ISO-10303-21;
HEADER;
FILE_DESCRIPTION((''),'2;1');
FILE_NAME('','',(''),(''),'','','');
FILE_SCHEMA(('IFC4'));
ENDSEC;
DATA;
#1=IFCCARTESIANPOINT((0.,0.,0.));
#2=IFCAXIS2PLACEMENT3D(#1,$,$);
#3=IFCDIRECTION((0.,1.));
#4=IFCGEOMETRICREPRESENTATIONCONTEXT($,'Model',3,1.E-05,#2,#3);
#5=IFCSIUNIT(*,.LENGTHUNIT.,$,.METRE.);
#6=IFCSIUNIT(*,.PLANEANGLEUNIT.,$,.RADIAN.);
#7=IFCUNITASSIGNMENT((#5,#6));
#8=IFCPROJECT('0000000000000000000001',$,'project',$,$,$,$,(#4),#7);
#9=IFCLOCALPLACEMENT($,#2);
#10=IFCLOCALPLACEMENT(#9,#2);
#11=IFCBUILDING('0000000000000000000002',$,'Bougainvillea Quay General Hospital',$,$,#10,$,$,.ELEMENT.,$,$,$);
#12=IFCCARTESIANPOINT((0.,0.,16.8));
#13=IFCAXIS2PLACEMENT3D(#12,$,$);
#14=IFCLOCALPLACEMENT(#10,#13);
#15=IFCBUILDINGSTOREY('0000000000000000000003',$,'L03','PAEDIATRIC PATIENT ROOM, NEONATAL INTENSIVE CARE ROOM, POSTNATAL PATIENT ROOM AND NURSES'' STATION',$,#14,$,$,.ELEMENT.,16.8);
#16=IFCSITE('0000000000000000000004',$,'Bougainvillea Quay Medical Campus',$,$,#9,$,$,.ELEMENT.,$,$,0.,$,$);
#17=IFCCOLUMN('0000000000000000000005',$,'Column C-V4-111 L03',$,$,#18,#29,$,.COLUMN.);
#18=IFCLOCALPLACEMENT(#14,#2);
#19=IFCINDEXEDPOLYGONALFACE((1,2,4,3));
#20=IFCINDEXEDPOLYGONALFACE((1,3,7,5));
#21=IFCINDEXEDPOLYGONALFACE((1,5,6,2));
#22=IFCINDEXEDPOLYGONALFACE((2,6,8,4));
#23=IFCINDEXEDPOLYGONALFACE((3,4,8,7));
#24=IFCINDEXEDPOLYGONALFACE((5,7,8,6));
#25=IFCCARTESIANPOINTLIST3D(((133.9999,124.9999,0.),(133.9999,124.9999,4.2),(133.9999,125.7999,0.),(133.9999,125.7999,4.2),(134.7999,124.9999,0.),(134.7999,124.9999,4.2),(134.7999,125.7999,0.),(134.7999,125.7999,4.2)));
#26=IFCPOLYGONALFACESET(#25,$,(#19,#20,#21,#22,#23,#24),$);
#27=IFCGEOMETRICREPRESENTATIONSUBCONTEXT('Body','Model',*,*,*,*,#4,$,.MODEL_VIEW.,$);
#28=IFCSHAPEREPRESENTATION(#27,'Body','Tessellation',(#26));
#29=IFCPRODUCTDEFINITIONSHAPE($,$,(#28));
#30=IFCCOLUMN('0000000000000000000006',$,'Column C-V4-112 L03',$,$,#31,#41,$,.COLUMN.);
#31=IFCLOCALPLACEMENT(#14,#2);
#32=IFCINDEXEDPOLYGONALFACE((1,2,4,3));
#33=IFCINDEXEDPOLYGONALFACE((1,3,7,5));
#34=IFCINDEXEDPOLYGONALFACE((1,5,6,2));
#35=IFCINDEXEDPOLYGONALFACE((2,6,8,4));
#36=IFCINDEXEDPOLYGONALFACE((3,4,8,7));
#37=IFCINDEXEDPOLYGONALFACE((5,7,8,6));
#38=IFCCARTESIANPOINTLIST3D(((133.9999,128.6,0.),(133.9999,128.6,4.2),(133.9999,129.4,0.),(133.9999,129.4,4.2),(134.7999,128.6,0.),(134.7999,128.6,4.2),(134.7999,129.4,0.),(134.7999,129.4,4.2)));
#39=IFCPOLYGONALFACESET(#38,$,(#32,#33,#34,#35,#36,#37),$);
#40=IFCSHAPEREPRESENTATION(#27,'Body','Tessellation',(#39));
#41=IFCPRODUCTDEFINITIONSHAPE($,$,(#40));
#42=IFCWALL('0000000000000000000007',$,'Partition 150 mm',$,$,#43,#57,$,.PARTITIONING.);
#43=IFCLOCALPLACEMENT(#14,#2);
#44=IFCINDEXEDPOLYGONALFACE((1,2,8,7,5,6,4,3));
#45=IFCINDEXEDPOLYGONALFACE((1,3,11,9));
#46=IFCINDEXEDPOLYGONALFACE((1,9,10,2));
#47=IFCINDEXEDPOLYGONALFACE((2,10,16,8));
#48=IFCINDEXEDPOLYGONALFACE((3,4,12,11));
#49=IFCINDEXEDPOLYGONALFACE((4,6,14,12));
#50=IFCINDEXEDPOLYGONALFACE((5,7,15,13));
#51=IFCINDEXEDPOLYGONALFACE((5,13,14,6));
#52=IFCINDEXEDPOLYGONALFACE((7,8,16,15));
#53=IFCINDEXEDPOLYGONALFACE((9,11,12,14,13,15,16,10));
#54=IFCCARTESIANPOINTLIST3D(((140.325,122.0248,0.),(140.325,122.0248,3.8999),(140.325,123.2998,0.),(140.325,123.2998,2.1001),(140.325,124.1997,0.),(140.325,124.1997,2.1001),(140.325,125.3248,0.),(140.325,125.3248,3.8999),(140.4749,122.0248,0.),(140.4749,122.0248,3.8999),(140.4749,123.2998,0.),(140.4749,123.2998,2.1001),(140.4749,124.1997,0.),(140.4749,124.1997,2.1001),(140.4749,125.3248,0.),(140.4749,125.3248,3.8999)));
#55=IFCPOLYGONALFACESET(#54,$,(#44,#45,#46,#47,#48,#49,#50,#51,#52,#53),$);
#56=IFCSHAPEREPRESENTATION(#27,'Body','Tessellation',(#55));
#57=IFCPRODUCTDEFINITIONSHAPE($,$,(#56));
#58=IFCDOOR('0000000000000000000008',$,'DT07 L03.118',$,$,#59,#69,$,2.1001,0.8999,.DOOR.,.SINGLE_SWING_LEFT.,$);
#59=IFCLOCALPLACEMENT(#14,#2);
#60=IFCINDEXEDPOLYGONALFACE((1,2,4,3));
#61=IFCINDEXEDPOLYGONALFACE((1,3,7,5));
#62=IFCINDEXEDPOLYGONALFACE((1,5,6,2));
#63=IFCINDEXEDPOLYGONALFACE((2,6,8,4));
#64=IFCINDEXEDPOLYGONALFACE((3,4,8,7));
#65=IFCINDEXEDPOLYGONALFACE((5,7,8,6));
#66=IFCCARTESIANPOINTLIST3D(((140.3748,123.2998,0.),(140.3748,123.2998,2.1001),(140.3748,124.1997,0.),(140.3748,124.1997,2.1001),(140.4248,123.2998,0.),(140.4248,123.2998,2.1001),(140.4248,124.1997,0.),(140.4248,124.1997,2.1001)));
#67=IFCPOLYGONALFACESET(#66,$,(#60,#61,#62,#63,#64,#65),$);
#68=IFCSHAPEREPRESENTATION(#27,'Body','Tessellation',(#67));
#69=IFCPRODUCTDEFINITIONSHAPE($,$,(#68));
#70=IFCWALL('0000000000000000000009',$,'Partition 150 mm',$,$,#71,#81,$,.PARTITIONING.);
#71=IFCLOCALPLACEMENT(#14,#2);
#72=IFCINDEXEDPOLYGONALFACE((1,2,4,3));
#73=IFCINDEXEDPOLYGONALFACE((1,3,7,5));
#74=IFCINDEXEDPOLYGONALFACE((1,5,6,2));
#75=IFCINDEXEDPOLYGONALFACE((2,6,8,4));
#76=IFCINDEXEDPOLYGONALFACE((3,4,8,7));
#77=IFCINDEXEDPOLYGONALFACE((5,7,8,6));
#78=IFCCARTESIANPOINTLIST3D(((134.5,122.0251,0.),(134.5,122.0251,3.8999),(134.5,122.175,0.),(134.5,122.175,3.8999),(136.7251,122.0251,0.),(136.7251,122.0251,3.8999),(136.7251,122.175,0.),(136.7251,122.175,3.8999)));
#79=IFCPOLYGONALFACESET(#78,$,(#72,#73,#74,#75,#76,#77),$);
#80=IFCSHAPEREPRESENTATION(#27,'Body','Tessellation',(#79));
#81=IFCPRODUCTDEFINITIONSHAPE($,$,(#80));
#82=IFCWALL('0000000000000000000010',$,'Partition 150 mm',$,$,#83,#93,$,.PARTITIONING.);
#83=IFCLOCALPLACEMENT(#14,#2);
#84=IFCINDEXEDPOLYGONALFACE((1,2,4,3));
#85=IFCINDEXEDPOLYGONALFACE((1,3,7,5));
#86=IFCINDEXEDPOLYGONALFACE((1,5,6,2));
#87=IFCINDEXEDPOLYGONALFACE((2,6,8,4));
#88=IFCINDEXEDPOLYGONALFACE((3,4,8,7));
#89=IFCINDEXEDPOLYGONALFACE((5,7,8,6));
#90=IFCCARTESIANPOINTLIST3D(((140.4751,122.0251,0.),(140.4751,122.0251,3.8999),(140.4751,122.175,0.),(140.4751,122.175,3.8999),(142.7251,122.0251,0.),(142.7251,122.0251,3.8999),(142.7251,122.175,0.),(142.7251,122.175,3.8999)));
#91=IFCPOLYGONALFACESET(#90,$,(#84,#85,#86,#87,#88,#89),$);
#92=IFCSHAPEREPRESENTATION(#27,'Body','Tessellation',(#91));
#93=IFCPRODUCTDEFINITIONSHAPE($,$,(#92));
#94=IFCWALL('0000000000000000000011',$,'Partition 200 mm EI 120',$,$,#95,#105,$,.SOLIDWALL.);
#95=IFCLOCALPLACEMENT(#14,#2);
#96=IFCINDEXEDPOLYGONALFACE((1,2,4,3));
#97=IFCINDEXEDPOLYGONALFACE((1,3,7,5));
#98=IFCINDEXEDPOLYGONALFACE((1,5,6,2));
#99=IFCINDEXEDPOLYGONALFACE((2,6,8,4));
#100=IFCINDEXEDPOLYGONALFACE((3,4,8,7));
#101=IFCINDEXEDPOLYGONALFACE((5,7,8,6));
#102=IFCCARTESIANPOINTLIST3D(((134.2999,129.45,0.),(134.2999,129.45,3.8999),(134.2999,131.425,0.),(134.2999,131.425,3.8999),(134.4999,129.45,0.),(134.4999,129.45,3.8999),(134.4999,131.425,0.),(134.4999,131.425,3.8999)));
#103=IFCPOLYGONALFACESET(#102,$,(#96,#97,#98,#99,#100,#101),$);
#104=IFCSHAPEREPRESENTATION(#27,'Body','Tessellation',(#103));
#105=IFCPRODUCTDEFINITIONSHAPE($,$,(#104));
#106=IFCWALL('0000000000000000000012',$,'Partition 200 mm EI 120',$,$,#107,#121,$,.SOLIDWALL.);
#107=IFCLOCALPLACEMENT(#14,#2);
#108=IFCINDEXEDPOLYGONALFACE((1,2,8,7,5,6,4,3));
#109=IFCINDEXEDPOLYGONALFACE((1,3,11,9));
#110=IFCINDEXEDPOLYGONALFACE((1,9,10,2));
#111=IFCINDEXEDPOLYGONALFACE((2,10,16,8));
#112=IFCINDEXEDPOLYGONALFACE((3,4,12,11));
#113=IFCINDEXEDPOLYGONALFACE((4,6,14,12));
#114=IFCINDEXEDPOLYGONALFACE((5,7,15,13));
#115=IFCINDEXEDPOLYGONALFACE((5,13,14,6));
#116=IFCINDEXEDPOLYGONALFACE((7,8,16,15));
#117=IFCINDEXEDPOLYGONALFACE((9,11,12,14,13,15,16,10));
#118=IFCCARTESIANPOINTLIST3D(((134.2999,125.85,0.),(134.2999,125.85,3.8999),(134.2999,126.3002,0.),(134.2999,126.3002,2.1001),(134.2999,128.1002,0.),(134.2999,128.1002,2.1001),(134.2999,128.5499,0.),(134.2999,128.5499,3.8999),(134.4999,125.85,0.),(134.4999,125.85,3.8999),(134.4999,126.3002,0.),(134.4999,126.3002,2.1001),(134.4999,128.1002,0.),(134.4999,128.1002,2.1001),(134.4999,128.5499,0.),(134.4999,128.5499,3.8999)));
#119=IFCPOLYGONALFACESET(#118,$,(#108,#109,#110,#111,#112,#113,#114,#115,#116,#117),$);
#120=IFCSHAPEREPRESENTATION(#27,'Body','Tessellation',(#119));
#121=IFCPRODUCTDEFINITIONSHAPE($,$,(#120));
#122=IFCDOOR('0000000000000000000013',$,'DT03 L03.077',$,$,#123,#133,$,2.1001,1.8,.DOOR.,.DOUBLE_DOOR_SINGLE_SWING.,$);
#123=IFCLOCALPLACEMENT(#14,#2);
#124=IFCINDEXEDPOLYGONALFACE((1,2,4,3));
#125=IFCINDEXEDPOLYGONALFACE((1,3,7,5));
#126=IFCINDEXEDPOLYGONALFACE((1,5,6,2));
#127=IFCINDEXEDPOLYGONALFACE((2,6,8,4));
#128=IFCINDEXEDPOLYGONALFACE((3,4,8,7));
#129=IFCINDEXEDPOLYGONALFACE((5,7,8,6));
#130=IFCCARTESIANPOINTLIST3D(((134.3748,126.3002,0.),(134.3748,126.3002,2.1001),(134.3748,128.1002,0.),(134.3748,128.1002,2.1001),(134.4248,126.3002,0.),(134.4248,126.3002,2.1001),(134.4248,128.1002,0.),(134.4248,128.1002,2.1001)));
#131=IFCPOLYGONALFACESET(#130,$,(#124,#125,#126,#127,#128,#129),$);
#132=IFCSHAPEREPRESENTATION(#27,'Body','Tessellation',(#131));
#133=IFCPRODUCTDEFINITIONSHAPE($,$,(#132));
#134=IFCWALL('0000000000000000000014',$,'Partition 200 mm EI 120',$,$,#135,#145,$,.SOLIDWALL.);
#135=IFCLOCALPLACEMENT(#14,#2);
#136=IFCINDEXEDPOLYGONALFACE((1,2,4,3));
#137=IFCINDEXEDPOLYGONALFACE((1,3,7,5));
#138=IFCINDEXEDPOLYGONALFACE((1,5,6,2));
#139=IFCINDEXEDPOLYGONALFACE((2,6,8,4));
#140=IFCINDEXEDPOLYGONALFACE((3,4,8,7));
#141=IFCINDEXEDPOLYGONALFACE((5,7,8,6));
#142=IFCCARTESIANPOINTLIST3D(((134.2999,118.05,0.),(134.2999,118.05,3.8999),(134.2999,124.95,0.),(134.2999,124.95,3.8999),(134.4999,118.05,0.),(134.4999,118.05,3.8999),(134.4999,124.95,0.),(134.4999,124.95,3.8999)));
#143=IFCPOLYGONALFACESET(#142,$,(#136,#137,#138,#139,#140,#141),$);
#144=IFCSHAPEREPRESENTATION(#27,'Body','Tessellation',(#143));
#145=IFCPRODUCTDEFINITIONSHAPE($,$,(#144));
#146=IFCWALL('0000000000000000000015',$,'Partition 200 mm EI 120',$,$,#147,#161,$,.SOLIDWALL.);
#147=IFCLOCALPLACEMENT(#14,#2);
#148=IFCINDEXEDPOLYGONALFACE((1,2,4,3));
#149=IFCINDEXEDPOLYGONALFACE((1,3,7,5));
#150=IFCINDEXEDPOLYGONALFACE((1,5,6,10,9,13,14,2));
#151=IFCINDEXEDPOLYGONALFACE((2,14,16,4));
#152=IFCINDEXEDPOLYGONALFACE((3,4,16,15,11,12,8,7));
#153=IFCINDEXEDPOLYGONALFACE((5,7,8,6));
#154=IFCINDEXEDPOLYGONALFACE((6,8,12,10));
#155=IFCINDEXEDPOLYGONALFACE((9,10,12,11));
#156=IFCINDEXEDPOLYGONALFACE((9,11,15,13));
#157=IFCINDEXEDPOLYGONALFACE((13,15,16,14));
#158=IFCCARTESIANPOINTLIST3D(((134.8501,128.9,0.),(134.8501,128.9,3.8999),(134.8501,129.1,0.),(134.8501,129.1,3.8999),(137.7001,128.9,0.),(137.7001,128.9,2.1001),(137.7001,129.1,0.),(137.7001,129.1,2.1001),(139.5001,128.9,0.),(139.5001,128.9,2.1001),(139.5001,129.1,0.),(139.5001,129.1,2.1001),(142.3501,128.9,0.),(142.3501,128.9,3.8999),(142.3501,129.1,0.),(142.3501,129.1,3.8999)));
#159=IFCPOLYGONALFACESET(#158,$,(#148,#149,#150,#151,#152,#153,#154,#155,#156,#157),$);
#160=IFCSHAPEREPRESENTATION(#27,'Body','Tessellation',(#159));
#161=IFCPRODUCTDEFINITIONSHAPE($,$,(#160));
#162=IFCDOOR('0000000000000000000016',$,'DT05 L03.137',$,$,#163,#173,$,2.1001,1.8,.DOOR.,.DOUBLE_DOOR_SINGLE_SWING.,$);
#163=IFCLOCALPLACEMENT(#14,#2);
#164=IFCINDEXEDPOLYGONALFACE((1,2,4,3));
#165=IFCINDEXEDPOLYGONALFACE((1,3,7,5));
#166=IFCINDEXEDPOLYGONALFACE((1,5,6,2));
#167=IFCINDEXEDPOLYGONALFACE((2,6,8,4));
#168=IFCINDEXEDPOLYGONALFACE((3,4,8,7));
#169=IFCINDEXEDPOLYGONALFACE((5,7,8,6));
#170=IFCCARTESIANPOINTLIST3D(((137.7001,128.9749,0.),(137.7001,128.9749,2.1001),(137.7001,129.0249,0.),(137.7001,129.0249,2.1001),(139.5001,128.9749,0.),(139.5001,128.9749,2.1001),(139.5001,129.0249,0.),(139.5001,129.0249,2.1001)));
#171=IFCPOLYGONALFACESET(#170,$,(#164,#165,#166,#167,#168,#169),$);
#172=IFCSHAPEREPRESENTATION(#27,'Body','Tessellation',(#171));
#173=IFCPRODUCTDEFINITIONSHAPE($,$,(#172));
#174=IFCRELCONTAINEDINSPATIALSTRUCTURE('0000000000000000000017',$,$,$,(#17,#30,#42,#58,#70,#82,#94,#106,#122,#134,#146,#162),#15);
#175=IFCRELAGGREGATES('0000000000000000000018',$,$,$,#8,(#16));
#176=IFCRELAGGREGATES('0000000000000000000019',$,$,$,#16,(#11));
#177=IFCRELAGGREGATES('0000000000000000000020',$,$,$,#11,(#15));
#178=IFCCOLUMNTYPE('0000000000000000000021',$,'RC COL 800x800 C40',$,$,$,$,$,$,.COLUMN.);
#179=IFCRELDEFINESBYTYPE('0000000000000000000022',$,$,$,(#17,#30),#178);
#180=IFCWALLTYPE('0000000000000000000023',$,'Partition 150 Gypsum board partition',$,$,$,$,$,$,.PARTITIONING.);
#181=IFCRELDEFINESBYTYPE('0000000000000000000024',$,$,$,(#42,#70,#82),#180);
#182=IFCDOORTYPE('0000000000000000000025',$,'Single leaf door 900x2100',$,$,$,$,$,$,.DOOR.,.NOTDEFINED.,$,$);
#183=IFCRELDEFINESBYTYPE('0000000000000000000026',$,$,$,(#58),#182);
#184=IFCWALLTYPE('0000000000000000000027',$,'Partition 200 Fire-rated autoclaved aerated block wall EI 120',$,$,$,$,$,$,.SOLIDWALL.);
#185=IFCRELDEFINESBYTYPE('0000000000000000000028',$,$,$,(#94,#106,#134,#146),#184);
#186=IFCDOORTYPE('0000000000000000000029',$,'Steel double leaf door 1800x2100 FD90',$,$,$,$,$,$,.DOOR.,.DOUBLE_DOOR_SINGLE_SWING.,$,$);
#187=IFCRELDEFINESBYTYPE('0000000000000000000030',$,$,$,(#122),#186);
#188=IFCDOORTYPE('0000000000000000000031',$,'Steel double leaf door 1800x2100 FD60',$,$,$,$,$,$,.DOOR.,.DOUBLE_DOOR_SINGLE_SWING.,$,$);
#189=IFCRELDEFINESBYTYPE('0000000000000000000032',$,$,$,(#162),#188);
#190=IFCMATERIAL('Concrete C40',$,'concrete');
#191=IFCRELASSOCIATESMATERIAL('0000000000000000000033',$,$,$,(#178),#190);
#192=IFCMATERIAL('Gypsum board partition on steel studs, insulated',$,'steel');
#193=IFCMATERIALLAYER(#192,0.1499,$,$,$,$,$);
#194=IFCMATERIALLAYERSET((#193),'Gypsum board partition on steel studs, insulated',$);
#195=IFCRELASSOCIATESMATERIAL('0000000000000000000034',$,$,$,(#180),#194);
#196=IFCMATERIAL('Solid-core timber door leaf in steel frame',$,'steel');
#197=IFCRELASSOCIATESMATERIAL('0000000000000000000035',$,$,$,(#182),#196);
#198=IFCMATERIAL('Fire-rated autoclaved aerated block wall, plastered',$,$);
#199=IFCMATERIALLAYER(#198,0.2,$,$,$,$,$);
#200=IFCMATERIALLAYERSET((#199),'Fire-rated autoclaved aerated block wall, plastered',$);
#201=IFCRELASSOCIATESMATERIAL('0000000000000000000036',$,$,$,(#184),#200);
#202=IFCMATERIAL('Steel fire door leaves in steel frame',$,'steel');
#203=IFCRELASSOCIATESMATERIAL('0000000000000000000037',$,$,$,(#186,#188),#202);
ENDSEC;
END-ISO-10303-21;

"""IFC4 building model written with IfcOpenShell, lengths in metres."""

from ifc_helpers import new_model, si_unit, direction, frame, frame_2d, origin, origin_2d, place, context, subcontext, project, spatial, rectangle, extrude, material, layer, layer_set, material_profile, profile_set, type_object, element, fill, save


model = new_model("IFC4")

# Units and contexts
model_context = context("Model", 3, precision=1e-05, world=origin(), true_north=direction((0.0, 1.0)))
body_context = subcontext(model_context, "Body", "Model", "MODEL_VIEW")
ifc_project = project(units=[si_unit("LENGTHUNIT", "METRE"), si_unit("PLANEANGLEUNIT", "RADIAN")], contexts=[model_context])

# Site, building, storey
site_placement = place(None, origin())
site = spatial("IfcSite", under=ifc_project, at=site_placement, Name="Bougainvillea Quay Medical Campus", CompositionType="ELEMENT", RefElevation=0.0)
building_placement = place(site_placement, origin())
building = spatial("IfcBuilding", under=site, at=building_placement, Name="Bougainvillea Quay General Hospital", CompositionType="ELEMENT")
storey_placement = place(building_placement, frame((0.0, 0.0, 16.8)))
storey = spatial("IfcBuildingStorey", under=building, at=storey_placement, Name="L03", Description="PAEDIATRIC PATIENT ROOM, NEONATAL INTENSIVE CARE ROOM, POSTNATAL PATIENT ROOM AND NURSES' STATION", CompositionType="ELEMENT", Elevation=16.8)

# Columns
ifc_material_1 = material(Name="Concrete C40", Category="concrete")
ifc_material_profile_1 = material_profile(ifc_material_1, rectangle(XDim=0.8, YDim=0.8, at=origin_2d()))
ifc_profile_set_1 = profile_set([ifc_material_profile_1], Name="Concrete C40")
column_type = type_object("IfcColumnType", Name="RC COL 800x800 C40", PredefinedType="COLUMN", material=ifc_profile_set_1)
for number, where, z_axis, x_axis, name in (
    (1, (134.3999, 125.3999, 0.0), (0.0, 0.0, 1.0), (1.0, 0.0, 0.0), "Column C-V4-111 L03"),
    (2, (134.3999, 129.0, 0.0), (0.0, 0.0, 1.0), (1.0, 0.0, 0.0), "Column C-V4-112 L03"),
):
    element("IfcColumn", number, at=place(storey_placement, frame(where, z_axis=z_axis, x_axis=x_axis)), inside=storey, type_object=column_type, Name=name, PredefinedType="COLUMN", context=body_context, shape_type="SweptSolid", body=[
        extrude(rectangle(XDim=0.8, YDim=0.8, at=origin_2d()), origin(), (0.0, 0.0, 1.0), 4.2),
    ])

# Wall, opening, door
ifc_material_2 = material(Name="Gypsum board partition on steel studs, insulated", Category="steel")
ifc_layer_1 = layer(ifc_material_2, 0.1499)
ifc_layer_set_1 = layer_set([ifc_layer_1], Name="Gypsum board partition on steel studs, insulated")
wall_type_1 = type_object("IfcWallType", Name="Partition 150 Gypsum board partition", PredefinedType="PARTITIONING", material=ifc_layer_set_1)
wall_1_placement = place(storey_placement, frame((140.3999, 122.0249, 0.0), z_axis=(0.0, 0.0, 1.0), x_axis=(0.0, 1.0, 0.0)))
wall_1 = element("IfcWall", 3, at=wall_1_placement, inside=storey, type_object=wall_type_1, Name="Partition 150 mm", PredefinedType="PARTITIONING", context=body_context, shape_type="SweptSolid", body=[
    extrude(rectangle(XDim=3.3, YDim=0.1499, at=frame_2d((1.6499, 0.0))), origin(), (0.0, 0.0, 1.0), 3.8999),
])
opening_1_placement = place(wall_1_placement, frame((1.2749, 0.0, 0.0)))
opening_1 = element("IfcOpeningElement", 4, at=opening_1_placement, cuts=wall_1, PredefinedType="OPENING", context=body_context, shape_type="SweptSolid", body=[
    extrude(rectangle(XDim=0.8999, YDim=2.1001, at=frame_2d((0.45, 1.05))), frame((0.0, 0.085, 0.0), z_axis=(0.0, -1.0, 0.0), x_axis=(1.0, 0.0, 0.0)), (0.0, 0.0, 1.0), 0.1699),
])
ifc_material_3 = material(Name="Solid-core timber door leaf in steel frame", Category="steel")
door_type_1 = type_object("IfcDoorType", Name="Single leaf door 900x2100", OperationType="NOTDEFINED", PredefinedType="DOOR", material=ifc_material_3)
door_1_placement = place(opening_1_placement, frame((0.8999, 0.0, 0.0), z_axis=(0.0, 0.0, 1.0), x_axis=(-1.0, 0.0, 0.0)))
door_1 = element("IfcDoor", 5, at=door_1_placement, inside=storey, type_object=door_type_1, Name="DT07 L03.118", OperationType="SINGLE_SWING_LEFT", OverallHeight=2.1001, OverallWidth=0.8999, PredefinedType="DOOR", context=body_context, shape_type="SweptSolid", body=[
    extrude(rectangle(XDim=0.8999, YDim=2.1001, at=frame_2d((0.45, 1.05))), frame((0.0, 0.0249, 0.0), z_axis=(0.0, -1.0, 0.0), x_axis=(1.0, 0.0, 0.0)), (0.0, 0.0, 1.0), 0.05),
])
fill(opening_1, door_1)

# Walls
wall_2_placement = place(storey_placement, frame((134.5, 122.1001, 0.0), z_axis=(0.0, 0.0, 1.0), x_axis=(1.0, 0.0, 0.0)))
element("IfcWall", 6, at=wall_2_placement, inside=storey, type_object=wall_type_1, Name="Partition 150 mm", PredefinedType="PARTITIONING", context=body_context, shape_type="SweptSolid", body=[
    extrude(rectangle(XDim=2.2251, YDim=0.1499, at=frame_2d((1.1125, 0.0))), origin(), (0.0, 0.0, 1.0), 3.8999),
])
wall_3_placement = place(storey_placement, frame((140.4751, 122.1001, 0.0), z_axis=(0.0, 0.0, 1.0), x_axis=(1.0, 0.0, 0.0)))
element("IfcWall", 7, at=wall_3_placement, inside=storey, type_object=wall_type_1, Name="Partition 150 mm", PredefinedType="PARTITIONING", context=body_context, shape_type="SweptSolid", body=[
    extrude(rectangle(XDim=2.25, YDim=0.1499, at=frame_2d((1.125, 0.0))), origin(), (0.0, 0.0, 1.0), 3.8999),
])
ifc_material_4 = material(Name="Fire-rated autoclaved aerated block wall, plastered")
ifc_layer_2 = layer(ifc_material_4, 0.2)
ifc_layer_set_2 = layer_set([ifc_layer_2], Name="Fire-rated autoclaved aerated block wall, plastered")
wall_type_2 = type_object("IfcWallType", Name="Partition 200 Fire-rated autoclaved aerated block wall EI 120", PredefinedType="SOLIDWALL", material=ifc_layer_set_2)
wall_4_placement = place(storey_placement, frame((134.3999, 131.425, 0.0), z_axis=(0.0, 0.0, 1.0), x_axis=(0.0, -1.0, 0.0)))
element("IfcWall", 8, at=wall_4_placement, inside=storey, type_object=wall_type_2, Name="Partition 200 mm EI 120", PredefinedType="SOLIDWALL", context=body_context, shape_type="SweptSolid", body=[
    extrude(rectangle(XDim=1.9751, YDim=0.2, at=frame_2d((0.9875, 0.0))), origin(), (0.0, 0.0, 1.0), 3.8999),
])

# Wall, opening, door
wall_5_placement = place(storey_placement, frame((134.3999, 128.55, 0.0), z_axis=(0.0, 0.0, 1.0), x_axis=(0.0, -1.0, 0.0)))
wall_5 = element("IfcWall", 9, at=wall_5_placement, inside=storey, type_object=wall_type_2, Name="Partition 200 mm EI 120", PredefinedType="SOLIDWALL", context=body_context, shape_type="SweptSolid", body=[
    extrude(rectangle(XDim=2.7, YDim=0.2, at=frame_2d((1.3501, 0.0))), origin(), (0.0, 0.0, 1.0), 3.8999),
])
opening_2_placement = place(wall_5_placement, frame((0.45, 0.0, 0.0)))
opening_2 = element("IfcOpeningElement", 10, at=opening_2_placement, cuts=wall_5, PredefinedType="OPENING", context=body_context, shape_type="SweptSolid", body=[
    extrude(rectangle(XDim=1.8, YDim=2.1001, at=frame_2d((0.8999, 1.05))), frame((0.0, 0.1099, 0.0), z_axis=(0.0, -1.0, 0.0), x_axis=(1.0, 0.0, 0.0)), (0.0, 0.0, 1.0), 0.22),
])
ifc_material_5 = material(Name="Steel fire door leaves in steel frame", Category="steel")
door_type_2 = type_object("IfcDoorType", Name="Steel double leaf door 1800x2100 FD90", OperationType="DOUBLE_DOOR_SINGLE_SWING", PredefinedType="DOOR", material=ifc_material_5)
door_2_placement = place(opening_2_placement, origin())
door_2 = element("IfcDoor", 11, at=door_2_placement, inside=storey, type_object=door_type_2, Name="DT03 L03.077", OperationType="DOUBLE_DOOR_SINGLE_SWING", OverallHeight=2.1001, OverallWidth=1.8, PredefinedType="DOOR", context=body_context, shape_type="SweptSolid", body=[
    extrude(rectangle(XDim=1.8, YDim=2.1001, at=frame_2d((0.8999, 1.05))), frame((0.0, 0.0249, 0.0), z_axis=(0.0, -1.0, 0.0), x_axis=(1.0, 0.0, 0.0)), (0.0, 0.0, 1.0), 0.05),
])
fill(opening_2, door_2)

# Wall
wall_6_placement = place(storey_placement, frame((134.3999, 124.95, 0.0), z_axis=(0.0, 0.0, 1.0), x_axis=(0.0, -1.0, 0.0)))
element("IfcWall", 12, at=wall_6_placement, inside=storey, type_object=wall_type_2, Name="Partition 200 mm EI 120", PredefinedType="SOLIDWALL", context=body_context, shape_type="SweptSolid", body=[
    extrude(rectangle(XDim=6.8999, YDim=0.2, at=frame_2d((3.45, 0.0))), origin(), (0.0, 0.0, 1.0), 3.8999),
])

# Wall, opening, door
wall_7_placement = place(storey_placement, frame((134.8501, 129.0, 0.0), z_axis=(0.0, 0.0, 1.0), x_axis=(1.0, 0.0, 0.0)))
wall_7 = element("IfcWall", 13, at=wall_7_placement, inside=storey, type_object=wall_type_2, Name="Partition 200 mm EI 120", PredefinedType="SOLIDWALL", context=body_context, shape_type="SweptSolid", body=[
    extrude(rectangle(XDim=7.5, YDim=0.2, at=frame_2d((3.75, 0.0))), origin(), (0.0, 0.0, 1.0), 3.8999),
])
opening_3_placement = place(wall_7_placement, frame((2.8501, 0.0, 0.0)))
opening_3 = element("IfcOpeningElement", 14, at=opening_3_placement, cuts=wall_7, PredefinedType="OPENING", context=body_context, shape_type="SweptSolid", body=[
    extrude(rectangle(XDim=1.8, YDim=2.1001, at=frame_2d((0.8999, 1.05))), frame((0.0, 0.1099, 0.0), z_axis=(0.0, -1.0, 0.0), x_axis=(1.0, 0.0, 0.0)), (0.0, 0.0, 1.0), 0.22),
])
door_type_3 = type_object("IfcDoorType", Name="Steel double leaf door 1800x2100 FD60", OperationType="DOUBLE_DOOR_SINGLE_SWING", PredefinedType="DOOR", material=ifc_material_5)
door_3_placement = place(opening_3_placement, origin())
door_3 = element("IfcDoor", 15, at=door_3_placement, inside=storey, type_object=door_type_3, Name="DT05 L03.137", OperationType="DOUBLE_DOOR_SINGLE_SWING", OverallHeight=2.1001, OverallWidth=1.8, PredefinedType="DOOR", context=body_context, shape_type="SweptSolid", body=[
    extrude(rectangle(XDim=1.8, YDim=2.1001, at=frame_2d((0.8999, 1.05))), frame((0.0, 0.0249, 0.0), z_axis=(0.0, -1.0, 0.0), x_axis=(1.0, 0.0, 0.0)), (0.0, 0.0, 1.0), 0.05),
])
fill(opening_3, door_3)

save(model, "model.ifc")
